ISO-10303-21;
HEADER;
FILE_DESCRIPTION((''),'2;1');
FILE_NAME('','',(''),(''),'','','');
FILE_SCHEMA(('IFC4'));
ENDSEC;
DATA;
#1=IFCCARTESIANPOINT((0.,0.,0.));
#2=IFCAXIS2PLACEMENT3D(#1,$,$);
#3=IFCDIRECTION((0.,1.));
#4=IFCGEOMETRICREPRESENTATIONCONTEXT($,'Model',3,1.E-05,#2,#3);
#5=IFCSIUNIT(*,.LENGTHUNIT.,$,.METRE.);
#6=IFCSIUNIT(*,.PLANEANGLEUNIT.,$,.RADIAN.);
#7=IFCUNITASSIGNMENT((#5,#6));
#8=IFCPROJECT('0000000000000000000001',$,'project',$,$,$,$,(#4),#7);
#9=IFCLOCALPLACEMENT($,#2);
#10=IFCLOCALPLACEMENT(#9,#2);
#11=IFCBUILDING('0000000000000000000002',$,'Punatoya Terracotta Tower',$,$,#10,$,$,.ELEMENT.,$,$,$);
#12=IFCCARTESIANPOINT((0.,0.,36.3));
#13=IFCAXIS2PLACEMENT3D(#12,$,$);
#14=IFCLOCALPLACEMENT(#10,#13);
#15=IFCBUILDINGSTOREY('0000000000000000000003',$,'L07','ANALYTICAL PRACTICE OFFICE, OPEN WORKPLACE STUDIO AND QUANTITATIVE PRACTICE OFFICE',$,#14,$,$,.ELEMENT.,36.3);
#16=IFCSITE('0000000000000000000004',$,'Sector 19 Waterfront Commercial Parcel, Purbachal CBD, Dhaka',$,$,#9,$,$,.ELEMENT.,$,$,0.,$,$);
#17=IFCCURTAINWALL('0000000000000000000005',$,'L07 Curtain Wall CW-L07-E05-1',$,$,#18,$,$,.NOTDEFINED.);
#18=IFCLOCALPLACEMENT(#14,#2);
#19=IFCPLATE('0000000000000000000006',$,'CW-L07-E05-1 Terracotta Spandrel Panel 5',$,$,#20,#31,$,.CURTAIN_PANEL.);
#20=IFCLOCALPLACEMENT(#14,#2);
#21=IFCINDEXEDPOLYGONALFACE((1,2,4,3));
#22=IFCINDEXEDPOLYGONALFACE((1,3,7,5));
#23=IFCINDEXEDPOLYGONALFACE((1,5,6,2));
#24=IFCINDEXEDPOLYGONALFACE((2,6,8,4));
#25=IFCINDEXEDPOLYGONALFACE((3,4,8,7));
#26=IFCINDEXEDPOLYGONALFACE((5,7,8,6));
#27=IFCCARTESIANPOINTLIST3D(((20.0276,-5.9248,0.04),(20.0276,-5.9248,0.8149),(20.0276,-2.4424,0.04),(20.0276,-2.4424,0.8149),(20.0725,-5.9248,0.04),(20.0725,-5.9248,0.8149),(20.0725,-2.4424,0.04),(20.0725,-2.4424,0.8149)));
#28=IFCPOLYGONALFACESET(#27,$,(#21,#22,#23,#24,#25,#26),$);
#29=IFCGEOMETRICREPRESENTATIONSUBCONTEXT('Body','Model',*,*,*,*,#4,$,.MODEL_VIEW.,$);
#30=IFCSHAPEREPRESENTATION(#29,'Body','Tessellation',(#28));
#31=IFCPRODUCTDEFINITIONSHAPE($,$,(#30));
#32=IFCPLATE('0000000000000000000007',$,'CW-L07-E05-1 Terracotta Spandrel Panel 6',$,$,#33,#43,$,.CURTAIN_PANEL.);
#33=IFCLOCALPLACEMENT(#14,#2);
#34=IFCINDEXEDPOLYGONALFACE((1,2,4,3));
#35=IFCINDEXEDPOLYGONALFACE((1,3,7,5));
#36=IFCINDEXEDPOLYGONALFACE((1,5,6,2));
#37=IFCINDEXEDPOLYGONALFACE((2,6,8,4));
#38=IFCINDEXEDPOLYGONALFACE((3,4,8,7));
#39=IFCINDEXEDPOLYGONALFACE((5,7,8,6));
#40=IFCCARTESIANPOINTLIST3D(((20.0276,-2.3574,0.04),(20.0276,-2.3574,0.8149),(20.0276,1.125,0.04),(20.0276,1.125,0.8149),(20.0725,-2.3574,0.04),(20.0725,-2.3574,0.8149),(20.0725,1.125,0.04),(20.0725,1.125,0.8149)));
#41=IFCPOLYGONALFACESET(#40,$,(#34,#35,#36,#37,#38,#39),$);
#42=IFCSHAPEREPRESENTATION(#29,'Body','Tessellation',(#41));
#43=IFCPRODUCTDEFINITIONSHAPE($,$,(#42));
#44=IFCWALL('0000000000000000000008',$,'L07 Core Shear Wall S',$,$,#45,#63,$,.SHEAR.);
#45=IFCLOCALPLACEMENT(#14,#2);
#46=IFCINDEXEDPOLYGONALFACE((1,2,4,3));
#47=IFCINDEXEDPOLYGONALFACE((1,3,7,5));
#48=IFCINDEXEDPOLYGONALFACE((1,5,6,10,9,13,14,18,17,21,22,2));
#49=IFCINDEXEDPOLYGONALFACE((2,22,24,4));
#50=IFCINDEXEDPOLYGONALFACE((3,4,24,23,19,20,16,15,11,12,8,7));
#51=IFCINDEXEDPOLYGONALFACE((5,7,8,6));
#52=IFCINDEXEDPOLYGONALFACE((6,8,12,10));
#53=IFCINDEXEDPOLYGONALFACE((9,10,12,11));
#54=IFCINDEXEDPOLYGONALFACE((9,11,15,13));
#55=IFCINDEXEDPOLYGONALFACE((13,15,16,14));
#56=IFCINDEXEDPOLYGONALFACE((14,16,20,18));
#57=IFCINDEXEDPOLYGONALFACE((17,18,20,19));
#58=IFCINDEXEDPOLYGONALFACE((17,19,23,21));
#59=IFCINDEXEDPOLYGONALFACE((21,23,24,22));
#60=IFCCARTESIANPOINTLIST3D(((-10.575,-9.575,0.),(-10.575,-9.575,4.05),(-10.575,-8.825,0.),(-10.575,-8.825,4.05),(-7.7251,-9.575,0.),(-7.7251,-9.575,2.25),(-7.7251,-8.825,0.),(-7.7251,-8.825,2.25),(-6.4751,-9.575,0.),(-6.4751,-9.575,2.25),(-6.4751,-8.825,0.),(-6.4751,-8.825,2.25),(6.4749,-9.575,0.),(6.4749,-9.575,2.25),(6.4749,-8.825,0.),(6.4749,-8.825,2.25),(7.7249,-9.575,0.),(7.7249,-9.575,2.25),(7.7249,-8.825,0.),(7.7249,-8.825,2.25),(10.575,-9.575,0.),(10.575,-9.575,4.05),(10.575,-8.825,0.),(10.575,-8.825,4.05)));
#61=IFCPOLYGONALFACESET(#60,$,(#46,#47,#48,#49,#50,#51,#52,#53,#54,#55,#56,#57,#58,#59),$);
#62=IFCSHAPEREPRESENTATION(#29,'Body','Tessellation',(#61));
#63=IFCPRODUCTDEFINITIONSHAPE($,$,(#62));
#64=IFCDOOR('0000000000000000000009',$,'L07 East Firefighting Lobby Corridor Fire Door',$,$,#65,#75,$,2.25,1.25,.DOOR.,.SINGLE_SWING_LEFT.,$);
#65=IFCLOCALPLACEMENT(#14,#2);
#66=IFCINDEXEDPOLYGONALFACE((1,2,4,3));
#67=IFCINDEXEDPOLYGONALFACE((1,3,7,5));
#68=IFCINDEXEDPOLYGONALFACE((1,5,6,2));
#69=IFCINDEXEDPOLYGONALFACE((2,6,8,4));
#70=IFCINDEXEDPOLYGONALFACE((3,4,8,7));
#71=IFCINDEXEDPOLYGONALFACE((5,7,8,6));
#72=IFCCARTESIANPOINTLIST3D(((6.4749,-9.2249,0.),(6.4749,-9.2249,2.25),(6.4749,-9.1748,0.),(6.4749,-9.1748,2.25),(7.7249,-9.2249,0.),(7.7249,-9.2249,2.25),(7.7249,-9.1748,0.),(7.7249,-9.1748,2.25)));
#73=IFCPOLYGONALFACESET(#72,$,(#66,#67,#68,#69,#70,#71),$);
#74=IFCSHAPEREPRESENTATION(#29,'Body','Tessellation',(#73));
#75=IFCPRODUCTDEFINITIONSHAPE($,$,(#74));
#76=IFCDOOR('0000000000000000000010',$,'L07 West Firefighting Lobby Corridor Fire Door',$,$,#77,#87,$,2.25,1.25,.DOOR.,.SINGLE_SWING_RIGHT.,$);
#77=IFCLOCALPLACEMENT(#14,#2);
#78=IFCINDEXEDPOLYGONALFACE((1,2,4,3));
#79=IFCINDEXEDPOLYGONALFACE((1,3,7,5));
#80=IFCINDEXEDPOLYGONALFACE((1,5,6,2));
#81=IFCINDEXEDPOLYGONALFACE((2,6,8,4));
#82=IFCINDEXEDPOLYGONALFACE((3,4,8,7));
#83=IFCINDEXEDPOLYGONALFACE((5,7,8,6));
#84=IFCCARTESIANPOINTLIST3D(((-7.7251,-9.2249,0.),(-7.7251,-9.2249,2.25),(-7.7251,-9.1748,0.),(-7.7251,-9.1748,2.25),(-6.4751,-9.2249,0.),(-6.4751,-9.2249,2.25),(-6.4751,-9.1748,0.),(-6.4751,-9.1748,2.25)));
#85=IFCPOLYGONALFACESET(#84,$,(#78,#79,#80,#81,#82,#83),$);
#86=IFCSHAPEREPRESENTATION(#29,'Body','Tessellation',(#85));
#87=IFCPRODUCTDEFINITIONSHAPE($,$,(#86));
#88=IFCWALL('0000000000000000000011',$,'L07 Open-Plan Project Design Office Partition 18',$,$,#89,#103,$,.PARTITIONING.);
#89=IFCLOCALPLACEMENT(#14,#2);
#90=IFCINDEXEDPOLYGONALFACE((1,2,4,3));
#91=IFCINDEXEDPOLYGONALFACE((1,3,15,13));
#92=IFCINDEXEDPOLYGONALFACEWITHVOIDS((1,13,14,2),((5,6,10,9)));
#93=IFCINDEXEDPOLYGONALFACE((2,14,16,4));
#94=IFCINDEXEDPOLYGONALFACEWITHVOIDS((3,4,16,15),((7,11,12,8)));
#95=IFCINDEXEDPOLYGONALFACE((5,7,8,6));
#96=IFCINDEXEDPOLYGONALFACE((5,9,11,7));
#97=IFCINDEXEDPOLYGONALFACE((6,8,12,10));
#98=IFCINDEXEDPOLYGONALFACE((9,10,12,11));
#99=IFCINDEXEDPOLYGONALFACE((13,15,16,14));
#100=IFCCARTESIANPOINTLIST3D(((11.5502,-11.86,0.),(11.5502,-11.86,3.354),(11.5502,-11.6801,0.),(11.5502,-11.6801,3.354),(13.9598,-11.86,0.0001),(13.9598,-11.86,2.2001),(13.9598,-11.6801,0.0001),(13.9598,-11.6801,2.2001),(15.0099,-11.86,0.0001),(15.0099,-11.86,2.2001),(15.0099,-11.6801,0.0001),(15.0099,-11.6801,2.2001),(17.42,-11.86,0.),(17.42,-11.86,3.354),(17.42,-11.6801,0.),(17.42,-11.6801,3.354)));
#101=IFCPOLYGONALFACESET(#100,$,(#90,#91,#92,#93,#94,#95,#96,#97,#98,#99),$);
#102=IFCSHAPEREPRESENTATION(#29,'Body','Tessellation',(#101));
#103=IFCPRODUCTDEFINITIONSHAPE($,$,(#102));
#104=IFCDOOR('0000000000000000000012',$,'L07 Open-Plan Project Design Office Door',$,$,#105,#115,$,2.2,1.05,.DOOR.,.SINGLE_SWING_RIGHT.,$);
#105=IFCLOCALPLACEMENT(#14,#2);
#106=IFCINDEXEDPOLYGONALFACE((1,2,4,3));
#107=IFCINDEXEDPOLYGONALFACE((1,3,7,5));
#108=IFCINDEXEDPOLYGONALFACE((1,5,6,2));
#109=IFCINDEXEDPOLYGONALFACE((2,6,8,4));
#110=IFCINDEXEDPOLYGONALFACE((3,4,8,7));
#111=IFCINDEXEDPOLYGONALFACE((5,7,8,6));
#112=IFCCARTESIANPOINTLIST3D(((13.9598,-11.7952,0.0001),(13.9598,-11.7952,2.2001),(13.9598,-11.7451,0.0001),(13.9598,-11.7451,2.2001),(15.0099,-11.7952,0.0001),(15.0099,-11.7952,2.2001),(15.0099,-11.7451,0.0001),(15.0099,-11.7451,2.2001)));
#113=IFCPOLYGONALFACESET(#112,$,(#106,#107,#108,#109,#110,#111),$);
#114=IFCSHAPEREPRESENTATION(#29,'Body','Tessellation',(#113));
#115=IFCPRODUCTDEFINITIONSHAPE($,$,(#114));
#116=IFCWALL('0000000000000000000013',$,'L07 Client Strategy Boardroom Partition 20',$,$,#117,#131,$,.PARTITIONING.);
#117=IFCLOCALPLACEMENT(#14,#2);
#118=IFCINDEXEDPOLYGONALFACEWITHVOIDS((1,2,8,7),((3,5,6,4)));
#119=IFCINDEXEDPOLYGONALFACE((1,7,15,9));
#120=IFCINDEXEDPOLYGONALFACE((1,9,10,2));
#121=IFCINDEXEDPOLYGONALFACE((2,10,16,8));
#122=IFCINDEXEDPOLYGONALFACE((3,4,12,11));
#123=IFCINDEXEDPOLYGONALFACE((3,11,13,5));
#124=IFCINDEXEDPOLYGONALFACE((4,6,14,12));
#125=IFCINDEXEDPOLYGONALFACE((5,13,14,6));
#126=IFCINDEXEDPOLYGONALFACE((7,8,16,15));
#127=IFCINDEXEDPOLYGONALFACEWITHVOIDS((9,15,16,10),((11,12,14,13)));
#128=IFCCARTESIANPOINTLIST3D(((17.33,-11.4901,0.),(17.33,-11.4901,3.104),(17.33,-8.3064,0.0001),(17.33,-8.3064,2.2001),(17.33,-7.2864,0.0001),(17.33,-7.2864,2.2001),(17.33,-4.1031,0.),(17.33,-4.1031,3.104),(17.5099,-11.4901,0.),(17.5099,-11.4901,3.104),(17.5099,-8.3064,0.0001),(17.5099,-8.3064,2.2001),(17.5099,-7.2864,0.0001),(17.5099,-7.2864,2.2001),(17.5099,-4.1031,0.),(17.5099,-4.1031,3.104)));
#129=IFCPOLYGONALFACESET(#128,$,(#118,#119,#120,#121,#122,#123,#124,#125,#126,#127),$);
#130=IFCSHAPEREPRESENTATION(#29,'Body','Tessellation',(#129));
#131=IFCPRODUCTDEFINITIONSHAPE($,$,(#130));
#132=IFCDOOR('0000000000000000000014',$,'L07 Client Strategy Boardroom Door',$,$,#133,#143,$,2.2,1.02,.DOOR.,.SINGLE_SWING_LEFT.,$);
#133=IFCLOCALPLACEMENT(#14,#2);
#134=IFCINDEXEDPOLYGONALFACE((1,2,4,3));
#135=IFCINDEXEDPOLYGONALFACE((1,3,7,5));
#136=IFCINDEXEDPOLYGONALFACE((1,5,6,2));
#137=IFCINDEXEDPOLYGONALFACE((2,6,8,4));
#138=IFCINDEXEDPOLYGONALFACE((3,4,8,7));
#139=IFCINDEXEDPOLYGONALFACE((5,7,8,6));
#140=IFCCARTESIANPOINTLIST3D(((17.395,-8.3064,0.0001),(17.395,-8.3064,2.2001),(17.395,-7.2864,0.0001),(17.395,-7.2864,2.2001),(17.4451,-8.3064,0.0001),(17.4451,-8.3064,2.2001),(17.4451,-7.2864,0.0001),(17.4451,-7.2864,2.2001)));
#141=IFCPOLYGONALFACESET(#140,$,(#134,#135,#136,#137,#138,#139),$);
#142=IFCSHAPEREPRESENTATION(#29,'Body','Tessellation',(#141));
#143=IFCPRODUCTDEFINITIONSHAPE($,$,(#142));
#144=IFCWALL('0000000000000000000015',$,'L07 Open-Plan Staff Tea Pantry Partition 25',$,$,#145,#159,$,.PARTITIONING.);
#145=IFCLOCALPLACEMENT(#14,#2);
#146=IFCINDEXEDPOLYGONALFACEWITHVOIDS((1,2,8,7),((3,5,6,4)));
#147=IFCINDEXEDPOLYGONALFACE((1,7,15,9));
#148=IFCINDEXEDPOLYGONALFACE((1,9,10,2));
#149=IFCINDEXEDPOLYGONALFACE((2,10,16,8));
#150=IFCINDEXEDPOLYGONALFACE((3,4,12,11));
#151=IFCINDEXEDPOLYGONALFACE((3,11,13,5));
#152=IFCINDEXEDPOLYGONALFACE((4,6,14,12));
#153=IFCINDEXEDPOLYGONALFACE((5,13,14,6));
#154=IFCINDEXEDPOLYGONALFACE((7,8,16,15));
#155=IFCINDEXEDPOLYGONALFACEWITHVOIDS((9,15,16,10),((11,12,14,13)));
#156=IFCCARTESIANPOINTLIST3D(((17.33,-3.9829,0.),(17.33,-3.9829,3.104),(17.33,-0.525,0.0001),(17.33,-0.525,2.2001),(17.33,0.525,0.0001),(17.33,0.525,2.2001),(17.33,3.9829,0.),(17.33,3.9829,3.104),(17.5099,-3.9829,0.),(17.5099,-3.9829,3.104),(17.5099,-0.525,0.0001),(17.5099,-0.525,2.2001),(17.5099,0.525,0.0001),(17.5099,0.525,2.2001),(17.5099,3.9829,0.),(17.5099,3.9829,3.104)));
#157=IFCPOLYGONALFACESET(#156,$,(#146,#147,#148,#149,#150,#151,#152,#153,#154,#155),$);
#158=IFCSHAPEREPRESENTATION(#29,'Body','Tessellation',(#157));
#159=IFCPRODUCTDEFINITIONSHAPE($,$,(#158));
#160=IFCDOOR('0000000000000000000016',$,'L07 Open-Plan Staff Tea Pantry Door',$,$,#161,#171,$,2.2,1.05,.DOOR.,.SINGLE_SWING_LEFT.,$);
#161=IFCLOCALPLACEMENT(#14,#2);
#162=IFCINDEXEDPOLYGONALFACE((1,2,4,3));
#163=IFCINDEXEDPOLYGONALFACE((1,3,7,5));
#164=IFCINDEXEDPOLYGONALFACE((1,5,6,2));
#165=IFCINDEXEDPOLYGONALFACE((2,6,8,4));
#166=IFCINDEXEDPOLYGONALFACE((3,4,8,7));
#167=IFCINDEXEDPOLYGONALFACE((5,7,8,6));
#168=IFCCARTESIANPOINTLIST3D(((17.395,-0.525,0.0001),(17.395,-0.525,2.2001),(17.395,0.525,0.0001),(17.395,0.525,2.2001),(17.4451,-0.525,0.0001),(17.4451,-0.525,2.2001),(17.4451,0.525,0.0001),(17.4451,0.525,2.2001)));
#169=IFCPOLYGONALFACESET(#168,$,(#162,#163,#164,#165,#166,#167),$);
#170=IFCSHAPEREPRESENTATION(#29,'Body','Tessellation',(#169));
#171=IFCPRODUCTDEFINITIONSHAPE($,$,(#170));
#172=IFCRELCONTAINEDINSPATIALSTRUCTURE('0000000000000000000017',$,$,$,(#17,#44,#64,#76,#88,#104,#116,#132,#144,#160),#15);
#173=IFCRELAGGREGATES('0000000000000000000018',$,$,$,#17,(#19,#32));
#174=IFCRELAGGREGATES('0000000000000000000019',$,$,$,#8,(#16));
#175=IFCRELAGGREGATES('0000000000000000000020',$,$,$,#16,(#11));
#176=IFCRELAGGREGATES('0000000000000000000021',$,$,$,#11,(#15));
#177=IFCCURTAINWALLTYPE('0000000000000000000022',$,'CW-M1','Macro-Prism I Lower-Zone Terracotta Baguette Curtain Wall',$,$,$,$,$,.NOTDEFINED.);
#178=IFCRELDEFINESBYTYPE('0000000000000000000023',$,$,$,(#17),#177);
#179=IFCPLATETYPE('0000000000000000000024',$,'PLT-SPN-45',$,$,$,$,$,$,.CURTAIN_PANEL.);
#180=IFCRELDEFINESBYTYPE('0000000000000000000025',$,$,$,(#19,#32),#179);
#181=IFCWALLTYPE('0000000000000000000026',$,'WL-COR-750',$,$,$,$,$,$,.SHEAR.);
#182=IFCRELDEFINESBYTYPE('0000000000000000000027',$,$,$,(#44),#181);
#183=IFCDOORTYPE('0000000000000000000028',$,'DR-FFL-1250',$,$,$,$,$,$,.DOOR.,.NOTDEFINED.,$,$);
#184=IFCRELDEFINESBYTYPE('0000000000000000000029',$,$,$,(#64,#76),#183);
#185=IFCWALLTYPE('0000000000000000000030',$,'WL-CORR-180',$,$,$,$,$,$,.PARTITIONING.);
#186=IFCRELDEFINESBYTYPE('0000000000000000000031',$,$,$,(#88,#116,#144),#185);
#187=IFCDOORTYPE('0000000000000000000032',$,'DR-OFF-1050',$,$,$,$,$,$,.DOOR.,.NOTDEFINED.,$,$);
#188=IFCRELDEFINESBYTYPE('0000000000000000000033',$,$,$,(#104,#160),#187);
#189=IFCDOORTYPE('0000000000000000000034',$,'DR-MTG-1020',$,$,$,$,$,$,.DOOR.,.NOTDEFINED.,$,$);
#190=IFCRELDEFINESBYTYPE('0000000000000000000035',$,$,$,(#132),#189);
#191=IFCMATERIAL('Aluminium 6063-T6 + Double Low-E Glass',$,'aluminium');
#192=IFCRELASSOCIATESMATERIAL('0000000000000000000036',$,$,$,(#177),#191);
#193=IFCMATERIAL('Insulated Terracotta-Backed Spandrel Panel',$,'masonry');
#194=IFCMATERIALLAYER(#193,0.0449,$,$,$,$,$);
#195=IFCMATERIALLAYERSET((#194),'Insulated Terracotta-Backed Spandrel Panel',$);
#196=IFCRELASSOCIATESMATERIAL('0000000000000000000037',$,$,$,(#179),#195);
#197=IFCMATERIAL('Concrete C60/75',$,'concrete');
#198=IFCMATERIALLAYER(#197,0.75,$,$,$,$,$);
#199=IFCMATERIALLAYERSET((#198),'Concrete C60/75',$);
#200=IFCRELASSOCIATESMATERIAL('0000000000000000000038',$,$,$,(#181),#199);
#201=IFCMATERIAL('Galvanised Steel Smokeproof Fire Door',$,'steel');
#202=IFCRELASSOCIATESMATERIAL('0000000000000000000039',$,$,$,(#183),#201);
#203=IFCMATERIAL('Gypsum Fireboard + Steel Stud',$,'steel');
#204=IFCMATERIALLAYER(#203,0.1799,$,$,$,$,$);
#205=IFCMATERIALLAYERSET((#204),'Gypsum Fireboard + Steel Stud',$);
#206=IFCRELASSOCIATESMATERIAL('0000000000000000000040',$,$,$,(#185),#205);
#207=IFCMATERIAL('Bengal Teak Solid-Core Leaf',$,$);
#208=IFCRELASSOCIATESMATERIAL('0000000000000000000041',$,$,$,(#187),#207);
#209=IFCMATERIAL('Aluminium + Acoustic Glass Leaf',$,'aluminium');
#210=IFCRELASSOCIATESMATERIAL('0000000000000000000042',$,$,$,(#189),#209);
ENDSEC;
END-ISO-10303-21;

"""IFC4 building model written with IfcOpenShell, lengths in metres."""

from ifc_helpers import new_model, si_unit, direction, frame, frame_2d, origin, origin_2d, place, context, subcontext, project, spatial, rectangle, extrude, material, layer, layer_set, type_object, element, fill, aggregate, save


model = new_model("IFC4")

# Units and contexts
model_context = context("Model", 3, precision=1e-05, world=origin(), true_north=direction((0.0, 1.0)))
body_context = subcontext(model_context, "Body", "Model", "MODEL_VIEW")
ifc_project = project(units=[si_unit("LENGTHUNIT", "METRE"), si_unit("PLANEANGLEUNIT", "RADIAN")], contexts=[model_context])

# Site, building, storey
site_placement = place(None, origin())
site = spatial("IfcSite", under=ifc_project, at=site_placement, Name="Sector 19 Waterfront Commercial Parcel, Purbachal CBD, Dhaka", CompositionType="ELEMENT", RefElevation=0.0)
building_placement = place(site_placement, origin())
building = spatial("IfcBuilding", under=site, at=building_placement, Name="Punatoya Terracotta Tower", CompositionType="ELEMENT")
storey_placement = place(building_placement, frame((0.0, 0.0, 36.3)))
storey = spatial("IfcBuildingStorey", under=building, at=storey_placement, Name="L07", Description="ANALYTICAL PRACTICE OFFICE, OPEN WORKPLACE STUDIO AND QUANTITATIVE PRACTICE OFFICE", CompositionType="ELEMENT", Elevation=36.3)

# Curtain wall, plates
ifc_material_1 = material(Name="Aluminium 6063-T6 + Double Low-E Glass", Category="aluminium")
curtain_wall_type = type_object("IfcCurtainWallType", Name="CW-M1", Description="Macro-Prism I Lower-Zone Terracotta Baguette Curtain Wall", PredefinedType="NOTDEFINED", material=ifc_material_1)
curtain_wall_placement = place(storey_placement, origin())
curtain_wall = element("IfcCurtainWall", 1, at=curtain_wall_placement, inside=storey, type_object=curtain_wall_type, Name="L07 Curtain Wall CW-L07-E05-1", PredefinedType="NOTDEFINED")
ifc_material_2 = material(Name="Insulated Terracotta-Backed Spandrel Panel", Category="masonry")
ifc_layer_1 = layer(ifc_material_2, 0.0449)
ifc_layer_set_1 = layer_set([ifc_layer_1], Name="Insulated Terracotta-Backed Spandrel Panel")
plate_type_1 = type_object("IfcPlateType", Name="PLT-SPN-45", PredefinedType="CURTAIN_PANEL", material=ifc_layer_set_1)
plate_1_placement = place(storey_placement, frame((20.05, -4.1836, 0.04), z_axis=(0.0, 0.0, 1.0), x_axis=(0.0, 1.0, 0.0)))
plate_1 = element("IfcPlate", 2, at=plate_1_placement, type_object=plate_type_1, Name="CW-L07-E05-1 Terracotta Spandrel Panel 5", PredefinedType="CURTAIN_PANEL", context=body_context, shape_type="SweptSolid", body=[
    extrude(rectangle(XDim=3.4824, YDim=0.0449, at=origin_2d()), origin(), (0.0, 0.0, 1.0), 0.7749),
])
plate_2_placement = place(storey_placement, frame((20.05, -0.6162, 0.04), z_axis=(0.0, 0.0, 1.0), x_axis=(0.0, 1.0, 0.0)))
plate_2 = element("IfcPlate", 3, at=plate_2_placement, type_object=plate_type_1, Name="CW-L07-E05-1 Terracotta Spandrel Panel 6", PredefinedType="CURTAIN_PANEL", context=body_context, shape_type="SweptSolid", body=[
    extrude(rectangle(XDim=3.4824, YDim=0.0449, at=origin_2d()), origin(), (0.0, 0.0, 1.0), 0.7749),
])
aggregate(curtain_wall, [plate_1, plate_2])

# Wall, openings, doors
ifc_material_3 = material(Name="Concrete C60/75", Category="concrete")
ifc_layer_2 = layer(ifc_material_3, 0.75)
ifc_layer_set_2 = layer_set([ifc_layer_2], Name="Concrete C60/75")
wall_type_1 = type_object("IfcWallType", Name="WL-COR-750", PredefinedType="SHEAR", material=ifc_layer_set_2)
wall_1_placement = place(storey_placement, frame((10.575, -9.2, 0.0), z_axis=(0.0, 0.0, 1.0), x_axis=(-1.0, 0.0, 0.0)))
wall_1 = element("IfcWall", 4, at=wall_1_placement, inside=storey, type_object=wall_type_1, Name="L07 Core Shear Wall S", PredefinedType="SHEAR", context=body_context, shape_type="SweptSolid", body=[
    extrude(rectangle(XDim=21.1499, YDim=0.75, at=frame_2d((10.575, 0.0))), origin(), (0.0, 0.0, 1.0), 4.05),
])
opening_1_placement = place(wall_1_placement, frame((2.8501, 0.0, 0.0)))
opening_1 = element("IfcOpeningElement", 5, at=opening_1_placement, cuts=wall_1, PredefinedType="OPENING", context=body_context, shape_type="SweptSolid", body=[
    extrude(rectangle(XDim=1.25, YDim=2.25, at=frame_2d((0.625, 1.125))), frame((0.0, 0.385, 0.0), z_axis=(0.0, -1.0, 0.0), x_axis=(1.0, 0.0, 0.0)), (0.0, 0.0, 1.0), 0.77),
])
opening_2_placement = place(wall_1_placement, frame((17.05, 0.0, 0.0)))
opening_2 = element("IfcOpeningElement", 6, at=opening_2_placement, cuts=wall_1, PredefinedType="OPENING", context=body_context, shape_type="SweptSolid", body=[
    extrude(rectangle(XDim=1.25, YDim=2.25, at=frame_2d((0.625, 1.125))), frame((0.0, 0.385, 0.0), z_axis=(0.0, -1.0, 0.0), x_axis=(1.0, 0.0, 0.0)), (0.0, 0.0, 1.0), 0.77),
])
ifc_material_4 = material(Name="Galvanised Steel Smokeproof Fire Door", Category="steel")
door_type_1 = type_object("IfcDoorType", Name="DR-FFL-1250", OperationType="NOTDEFINED", PredefinedType="DOOR", material=ifc_material_4)
door_1_placement = place(opening_1_placement, origin())
door_1 = element("IfcDoor", 7, at=door_1_placement, inside=storey, type_object=door_type_1, Name="L07 East Firefighting Lobby Corridor Fire Door", OperationType="SINGLE_SWING_LEFT", OverallHeight=2.25, OverallWidth=1.25, PredefinedType="DOOR", context=body_context, shape_type="SweptSolid", body=[
    extrude(rectangle(XDim=1.25, YDim=2.25, at=frame_2d((0.625, 1.125))), frame((0.0, 0.0249, 0.0), z_axis=(0.0, -1.0, 0.0), x_axis=(1.0, 0.0, 0.0)), (0.0, 0.0, 1.0), 0.05),
])
fill(opening_1, door_1)
door_2_placement = place(opening_2_placement, origin())
door_2 = element("IfcDoor", 8, at=door_2_placement, inside=storey, type_object=door_type_1, Name="L07 West Firefighting Lobby Corridor Fire Door", OperationType="SINGLE_SWING_RIGHT", OverallHeight=2.25, OverallWidth=1.25, PredefinedType="DOOR", context=body_context, shape_type="SweptSolid", body=[
    extrude(rectangle(XDim=1.25, YDim=2.25, at=frame_2d((0.625, 1.125))), frame((0.0, 0.0249, 0.0), z_axis=(0.0, -1.0, 0.0), x_axis=(1.0, 0.0, 0.0)), (0.0, 0.0, 1.0), 0.05),
])
fill(opening_2, door_2)

# Walls, openings, doors
ifc_material_5 = material(Name="Gypsum Fireboard + Steel Stud", Category="steel")
ifc_layer_3 = layer(ifc_material_5, 0.1799)
ifc_layer_set_3 = layer_set([ifc_layer_3], Name="Gypsum Fireboard + Steel Stud")
wall_type_2 = type_object("IfcWallType", Name="WL-CORR-180", PredefinedType="PARTITIONING", material=ifc_layer_set_3)
wall_2_placement = place(storey_placement, frame((11.55, -11.77, 0.0), z_axis=(0.0, 0.0, 1.0), x_axis=(1.0, 0.0, 0.0)))
wall_2 = element("IfcWall", 9, at=wall_2_placement, inside=storey, type_object=wall_type_2, Name="L07 Open-Plan Project Design Office Partition 18", PredefinedType="PARTITIONING", context=body_context, shape_type="SweptSolid", body=[
    extrude(rectangle(XDim=5.8699, YDim=0.1799, at=frame_2d((2.9351, 0.0))), origin(), (0.0, 0.0, 1.0), 3.354),
])
opening_3_placement = place(wall_2_placement, frame((2.4099, 0.0, 0.0)))
opening_3 = element("IfcOpeningElement", 10, at=opening_3_placement, cuts=wall_2, PredefinedType="OPENING", context=body_context, shape_type="SweptSolid", body=[
    extrude(rectangle(XDim=1.05, YDim=2.2, at=frame_2d((0.5249, 1.1001))), frame((0.0, 0.0999, 0.0), z_axis=(0.0, -1.0, 0.0), x_axis=(1.0, 0.0, 0.0)), (0.0, 0.0, 1.0), 0.2),
])
ifc_material_6 = material(Name="Bengal Teak Solid-Core Leaf")
door_type_2 = type_object("IfcDoorType", Name="DR-OFF-1050", OperationType="NOTDEFINED", PredefinedType="DOOR", material=ifc_material_6)
door_3_placement = place(opening_3_placement, origin())
door_3 = element("IfcDoor", 11, at=door_3_placement, inside=storey, type_object=door_type_2, Name="L07 Open-Plan Project Design Office Door", OperationType="SINGLE_SWING_RIGHT", OverallHeight=2.2, OverallWidth=1.05, PredefinedType="DOOR", context=body_context, shape_type="SweptSolid", body=[
    extrude(rectangle(XDim=1.05, YDim=2.2, at=frame_2d((0.5249, 1.1001))), frame((0.0, 0.0249, 0.0), z_axis=(0.0, -1.0, 0.0), x_axis=(1.0, 0.0, 0.0)), (0.0, 0.0, 1.0), 0.05),
])
fill(opening_3, door_3)
wall_3_placement = place(storey_placement, frame((17.4199, -11.49, 0.0), z_axis=(0.0, 0.0, 1.0), x_axis=(0.0, 1.0, 0.0)))
wall_3 = element("IfcWall", 12, at=wall_3_placement, inside=storey, type_object=wall_type_2, Name="L07 Client Strategy Boardroom Partition 20", PredefinedType="PARTITIONING", context=body_context, shape_type="SweptSolid", body=[
    extrude(rectangle(XDim=7.387, YDim=0.1799, at=frame_2d((3.6934, 0.0))), origin(), (0.0, 0.0, 1.0), 3.104),
])
opening_4_placement = place(wall_3_placement, frame((3.1836, 0.0, 0.0)))
opening_4 = element("IfcOpeningElement", 13, at=opening_4_placement, cuts=wall_3, PredefinedType="OPENING", context=body_context, shape_type="SweptSolid", body=[
    extrude(rectangle(XDim=1.02, YDim=2.2, at=frame_2d((0.51, 1.1001))), frame((0.0, 0.0999, 0.0), z_axis=(0.0, -1.0, 0.0), x_axis=(1.0, 0.0, 0.0)), (0.0, 0.0, 1.0), 0.2),
])
ifc_material_7 = material(Name="Aluminium + Acoustic Glass Leaf", Category="aluminium")
door_type_3 = type_object("IfcDoorType", Name="DR-MTG-1020", OperationType="NOTDEFINED", PredefinedType="DOOR", material=ifc_material_7)
door_4_placement = place(opening_4_placement, origin())
door_4 = element("IfcDoor", 14, at=door_4_placement, inside=storey, type_object=door_type_3, Name="L07 Client Strategy Boardroom Door", OperationType="SINGLE_SWING_LEFT", OverallHeight=2.2, OverallWidth=1.02, PredefinedType="DOOR", context=body_context, shape_type="SweptSolid", body=[
    extrude(rectangle(XDim=1.02, YDim=2.2, at=frame_2d((0.51, 1.1001))), frame((0.0, 0.0249, 0.0), z_axis=(0.0, -1.0, 0.0), x_axis=(1.0, 0.0, 0.0)), (0.0, 0.0, 1.0), 0.05),
])
fill(opening_4, door_4)
wall_4_placement = place(storey_placement, frame((17.4199, -3.9829, 0.0), z_axis=(0.0, 0.0, 1.0), x_axis=(0.0, 1.0, 0.0)))
wall_4 = element("IfcWall", 15, at=wall_4_placement, inside=storey, type_object=wall_type_2, Name="L07 Open-Plan Staff Tea Pantry Partition 25", PredefinedType="PARTITIONING", context=body_context, shape_type="SweptSolid", body=[
    extrude(rectangle(XDim=7.9658, YDim=0.1799, at=frame_2d((3.9829, 0.0))), origin(), (0.0, 0.0, 1.0), 3.104),
])
opening_5_placement = place(wall_4_placement, frame((3.458, 0.0, 0.0)))
opening_5 = element("IfcOpeningElement", 16, at=opening_5_placement, cuts=wall_4, PredefinedType="OPENING", context=body_context, shape_type="SweptSolid", body=[
    extrude(rectangle(XDim=1.05, YDim=2.2, at=frame_2d((0.5249, 1.1001))), frame((0.0, 0.0999, 0.0), z_axis=(0.0, -1.0, 0.0), x_axis=(1.0, 0.0, 0.0)), (0.0, 0.0, 1.0), 0.2),
])
door_5_placement = place(opening_5_placement, origin())
door_5 = element("IfcDoor", 17, at=door_5_placement, inside=storey, type_object=door_type_2, Name="L07 Open-Plan Staff Tea Pantry Door", OperationType="SINGLE_SWING_LEFT", OverallHeight=2.2, OverallWidth=1.05, PredefinedType="DOOR", context=body_context, shape_type="SweptSolid", body=[
    extrude(rectangle(XDim=1.05, YDim=2.2, at=frame_2d((0.5249, 1.1001))), frame((0.0, 0.0249, 0.0), z_axis=(0.0, -1.0, 0.0), x_axis=(1.0, 0.0, 0.0)), (0.0, 0.0, 1.0), 0.05),
])
fill(opening_5, door_5)

save(model, "model.ifc")
